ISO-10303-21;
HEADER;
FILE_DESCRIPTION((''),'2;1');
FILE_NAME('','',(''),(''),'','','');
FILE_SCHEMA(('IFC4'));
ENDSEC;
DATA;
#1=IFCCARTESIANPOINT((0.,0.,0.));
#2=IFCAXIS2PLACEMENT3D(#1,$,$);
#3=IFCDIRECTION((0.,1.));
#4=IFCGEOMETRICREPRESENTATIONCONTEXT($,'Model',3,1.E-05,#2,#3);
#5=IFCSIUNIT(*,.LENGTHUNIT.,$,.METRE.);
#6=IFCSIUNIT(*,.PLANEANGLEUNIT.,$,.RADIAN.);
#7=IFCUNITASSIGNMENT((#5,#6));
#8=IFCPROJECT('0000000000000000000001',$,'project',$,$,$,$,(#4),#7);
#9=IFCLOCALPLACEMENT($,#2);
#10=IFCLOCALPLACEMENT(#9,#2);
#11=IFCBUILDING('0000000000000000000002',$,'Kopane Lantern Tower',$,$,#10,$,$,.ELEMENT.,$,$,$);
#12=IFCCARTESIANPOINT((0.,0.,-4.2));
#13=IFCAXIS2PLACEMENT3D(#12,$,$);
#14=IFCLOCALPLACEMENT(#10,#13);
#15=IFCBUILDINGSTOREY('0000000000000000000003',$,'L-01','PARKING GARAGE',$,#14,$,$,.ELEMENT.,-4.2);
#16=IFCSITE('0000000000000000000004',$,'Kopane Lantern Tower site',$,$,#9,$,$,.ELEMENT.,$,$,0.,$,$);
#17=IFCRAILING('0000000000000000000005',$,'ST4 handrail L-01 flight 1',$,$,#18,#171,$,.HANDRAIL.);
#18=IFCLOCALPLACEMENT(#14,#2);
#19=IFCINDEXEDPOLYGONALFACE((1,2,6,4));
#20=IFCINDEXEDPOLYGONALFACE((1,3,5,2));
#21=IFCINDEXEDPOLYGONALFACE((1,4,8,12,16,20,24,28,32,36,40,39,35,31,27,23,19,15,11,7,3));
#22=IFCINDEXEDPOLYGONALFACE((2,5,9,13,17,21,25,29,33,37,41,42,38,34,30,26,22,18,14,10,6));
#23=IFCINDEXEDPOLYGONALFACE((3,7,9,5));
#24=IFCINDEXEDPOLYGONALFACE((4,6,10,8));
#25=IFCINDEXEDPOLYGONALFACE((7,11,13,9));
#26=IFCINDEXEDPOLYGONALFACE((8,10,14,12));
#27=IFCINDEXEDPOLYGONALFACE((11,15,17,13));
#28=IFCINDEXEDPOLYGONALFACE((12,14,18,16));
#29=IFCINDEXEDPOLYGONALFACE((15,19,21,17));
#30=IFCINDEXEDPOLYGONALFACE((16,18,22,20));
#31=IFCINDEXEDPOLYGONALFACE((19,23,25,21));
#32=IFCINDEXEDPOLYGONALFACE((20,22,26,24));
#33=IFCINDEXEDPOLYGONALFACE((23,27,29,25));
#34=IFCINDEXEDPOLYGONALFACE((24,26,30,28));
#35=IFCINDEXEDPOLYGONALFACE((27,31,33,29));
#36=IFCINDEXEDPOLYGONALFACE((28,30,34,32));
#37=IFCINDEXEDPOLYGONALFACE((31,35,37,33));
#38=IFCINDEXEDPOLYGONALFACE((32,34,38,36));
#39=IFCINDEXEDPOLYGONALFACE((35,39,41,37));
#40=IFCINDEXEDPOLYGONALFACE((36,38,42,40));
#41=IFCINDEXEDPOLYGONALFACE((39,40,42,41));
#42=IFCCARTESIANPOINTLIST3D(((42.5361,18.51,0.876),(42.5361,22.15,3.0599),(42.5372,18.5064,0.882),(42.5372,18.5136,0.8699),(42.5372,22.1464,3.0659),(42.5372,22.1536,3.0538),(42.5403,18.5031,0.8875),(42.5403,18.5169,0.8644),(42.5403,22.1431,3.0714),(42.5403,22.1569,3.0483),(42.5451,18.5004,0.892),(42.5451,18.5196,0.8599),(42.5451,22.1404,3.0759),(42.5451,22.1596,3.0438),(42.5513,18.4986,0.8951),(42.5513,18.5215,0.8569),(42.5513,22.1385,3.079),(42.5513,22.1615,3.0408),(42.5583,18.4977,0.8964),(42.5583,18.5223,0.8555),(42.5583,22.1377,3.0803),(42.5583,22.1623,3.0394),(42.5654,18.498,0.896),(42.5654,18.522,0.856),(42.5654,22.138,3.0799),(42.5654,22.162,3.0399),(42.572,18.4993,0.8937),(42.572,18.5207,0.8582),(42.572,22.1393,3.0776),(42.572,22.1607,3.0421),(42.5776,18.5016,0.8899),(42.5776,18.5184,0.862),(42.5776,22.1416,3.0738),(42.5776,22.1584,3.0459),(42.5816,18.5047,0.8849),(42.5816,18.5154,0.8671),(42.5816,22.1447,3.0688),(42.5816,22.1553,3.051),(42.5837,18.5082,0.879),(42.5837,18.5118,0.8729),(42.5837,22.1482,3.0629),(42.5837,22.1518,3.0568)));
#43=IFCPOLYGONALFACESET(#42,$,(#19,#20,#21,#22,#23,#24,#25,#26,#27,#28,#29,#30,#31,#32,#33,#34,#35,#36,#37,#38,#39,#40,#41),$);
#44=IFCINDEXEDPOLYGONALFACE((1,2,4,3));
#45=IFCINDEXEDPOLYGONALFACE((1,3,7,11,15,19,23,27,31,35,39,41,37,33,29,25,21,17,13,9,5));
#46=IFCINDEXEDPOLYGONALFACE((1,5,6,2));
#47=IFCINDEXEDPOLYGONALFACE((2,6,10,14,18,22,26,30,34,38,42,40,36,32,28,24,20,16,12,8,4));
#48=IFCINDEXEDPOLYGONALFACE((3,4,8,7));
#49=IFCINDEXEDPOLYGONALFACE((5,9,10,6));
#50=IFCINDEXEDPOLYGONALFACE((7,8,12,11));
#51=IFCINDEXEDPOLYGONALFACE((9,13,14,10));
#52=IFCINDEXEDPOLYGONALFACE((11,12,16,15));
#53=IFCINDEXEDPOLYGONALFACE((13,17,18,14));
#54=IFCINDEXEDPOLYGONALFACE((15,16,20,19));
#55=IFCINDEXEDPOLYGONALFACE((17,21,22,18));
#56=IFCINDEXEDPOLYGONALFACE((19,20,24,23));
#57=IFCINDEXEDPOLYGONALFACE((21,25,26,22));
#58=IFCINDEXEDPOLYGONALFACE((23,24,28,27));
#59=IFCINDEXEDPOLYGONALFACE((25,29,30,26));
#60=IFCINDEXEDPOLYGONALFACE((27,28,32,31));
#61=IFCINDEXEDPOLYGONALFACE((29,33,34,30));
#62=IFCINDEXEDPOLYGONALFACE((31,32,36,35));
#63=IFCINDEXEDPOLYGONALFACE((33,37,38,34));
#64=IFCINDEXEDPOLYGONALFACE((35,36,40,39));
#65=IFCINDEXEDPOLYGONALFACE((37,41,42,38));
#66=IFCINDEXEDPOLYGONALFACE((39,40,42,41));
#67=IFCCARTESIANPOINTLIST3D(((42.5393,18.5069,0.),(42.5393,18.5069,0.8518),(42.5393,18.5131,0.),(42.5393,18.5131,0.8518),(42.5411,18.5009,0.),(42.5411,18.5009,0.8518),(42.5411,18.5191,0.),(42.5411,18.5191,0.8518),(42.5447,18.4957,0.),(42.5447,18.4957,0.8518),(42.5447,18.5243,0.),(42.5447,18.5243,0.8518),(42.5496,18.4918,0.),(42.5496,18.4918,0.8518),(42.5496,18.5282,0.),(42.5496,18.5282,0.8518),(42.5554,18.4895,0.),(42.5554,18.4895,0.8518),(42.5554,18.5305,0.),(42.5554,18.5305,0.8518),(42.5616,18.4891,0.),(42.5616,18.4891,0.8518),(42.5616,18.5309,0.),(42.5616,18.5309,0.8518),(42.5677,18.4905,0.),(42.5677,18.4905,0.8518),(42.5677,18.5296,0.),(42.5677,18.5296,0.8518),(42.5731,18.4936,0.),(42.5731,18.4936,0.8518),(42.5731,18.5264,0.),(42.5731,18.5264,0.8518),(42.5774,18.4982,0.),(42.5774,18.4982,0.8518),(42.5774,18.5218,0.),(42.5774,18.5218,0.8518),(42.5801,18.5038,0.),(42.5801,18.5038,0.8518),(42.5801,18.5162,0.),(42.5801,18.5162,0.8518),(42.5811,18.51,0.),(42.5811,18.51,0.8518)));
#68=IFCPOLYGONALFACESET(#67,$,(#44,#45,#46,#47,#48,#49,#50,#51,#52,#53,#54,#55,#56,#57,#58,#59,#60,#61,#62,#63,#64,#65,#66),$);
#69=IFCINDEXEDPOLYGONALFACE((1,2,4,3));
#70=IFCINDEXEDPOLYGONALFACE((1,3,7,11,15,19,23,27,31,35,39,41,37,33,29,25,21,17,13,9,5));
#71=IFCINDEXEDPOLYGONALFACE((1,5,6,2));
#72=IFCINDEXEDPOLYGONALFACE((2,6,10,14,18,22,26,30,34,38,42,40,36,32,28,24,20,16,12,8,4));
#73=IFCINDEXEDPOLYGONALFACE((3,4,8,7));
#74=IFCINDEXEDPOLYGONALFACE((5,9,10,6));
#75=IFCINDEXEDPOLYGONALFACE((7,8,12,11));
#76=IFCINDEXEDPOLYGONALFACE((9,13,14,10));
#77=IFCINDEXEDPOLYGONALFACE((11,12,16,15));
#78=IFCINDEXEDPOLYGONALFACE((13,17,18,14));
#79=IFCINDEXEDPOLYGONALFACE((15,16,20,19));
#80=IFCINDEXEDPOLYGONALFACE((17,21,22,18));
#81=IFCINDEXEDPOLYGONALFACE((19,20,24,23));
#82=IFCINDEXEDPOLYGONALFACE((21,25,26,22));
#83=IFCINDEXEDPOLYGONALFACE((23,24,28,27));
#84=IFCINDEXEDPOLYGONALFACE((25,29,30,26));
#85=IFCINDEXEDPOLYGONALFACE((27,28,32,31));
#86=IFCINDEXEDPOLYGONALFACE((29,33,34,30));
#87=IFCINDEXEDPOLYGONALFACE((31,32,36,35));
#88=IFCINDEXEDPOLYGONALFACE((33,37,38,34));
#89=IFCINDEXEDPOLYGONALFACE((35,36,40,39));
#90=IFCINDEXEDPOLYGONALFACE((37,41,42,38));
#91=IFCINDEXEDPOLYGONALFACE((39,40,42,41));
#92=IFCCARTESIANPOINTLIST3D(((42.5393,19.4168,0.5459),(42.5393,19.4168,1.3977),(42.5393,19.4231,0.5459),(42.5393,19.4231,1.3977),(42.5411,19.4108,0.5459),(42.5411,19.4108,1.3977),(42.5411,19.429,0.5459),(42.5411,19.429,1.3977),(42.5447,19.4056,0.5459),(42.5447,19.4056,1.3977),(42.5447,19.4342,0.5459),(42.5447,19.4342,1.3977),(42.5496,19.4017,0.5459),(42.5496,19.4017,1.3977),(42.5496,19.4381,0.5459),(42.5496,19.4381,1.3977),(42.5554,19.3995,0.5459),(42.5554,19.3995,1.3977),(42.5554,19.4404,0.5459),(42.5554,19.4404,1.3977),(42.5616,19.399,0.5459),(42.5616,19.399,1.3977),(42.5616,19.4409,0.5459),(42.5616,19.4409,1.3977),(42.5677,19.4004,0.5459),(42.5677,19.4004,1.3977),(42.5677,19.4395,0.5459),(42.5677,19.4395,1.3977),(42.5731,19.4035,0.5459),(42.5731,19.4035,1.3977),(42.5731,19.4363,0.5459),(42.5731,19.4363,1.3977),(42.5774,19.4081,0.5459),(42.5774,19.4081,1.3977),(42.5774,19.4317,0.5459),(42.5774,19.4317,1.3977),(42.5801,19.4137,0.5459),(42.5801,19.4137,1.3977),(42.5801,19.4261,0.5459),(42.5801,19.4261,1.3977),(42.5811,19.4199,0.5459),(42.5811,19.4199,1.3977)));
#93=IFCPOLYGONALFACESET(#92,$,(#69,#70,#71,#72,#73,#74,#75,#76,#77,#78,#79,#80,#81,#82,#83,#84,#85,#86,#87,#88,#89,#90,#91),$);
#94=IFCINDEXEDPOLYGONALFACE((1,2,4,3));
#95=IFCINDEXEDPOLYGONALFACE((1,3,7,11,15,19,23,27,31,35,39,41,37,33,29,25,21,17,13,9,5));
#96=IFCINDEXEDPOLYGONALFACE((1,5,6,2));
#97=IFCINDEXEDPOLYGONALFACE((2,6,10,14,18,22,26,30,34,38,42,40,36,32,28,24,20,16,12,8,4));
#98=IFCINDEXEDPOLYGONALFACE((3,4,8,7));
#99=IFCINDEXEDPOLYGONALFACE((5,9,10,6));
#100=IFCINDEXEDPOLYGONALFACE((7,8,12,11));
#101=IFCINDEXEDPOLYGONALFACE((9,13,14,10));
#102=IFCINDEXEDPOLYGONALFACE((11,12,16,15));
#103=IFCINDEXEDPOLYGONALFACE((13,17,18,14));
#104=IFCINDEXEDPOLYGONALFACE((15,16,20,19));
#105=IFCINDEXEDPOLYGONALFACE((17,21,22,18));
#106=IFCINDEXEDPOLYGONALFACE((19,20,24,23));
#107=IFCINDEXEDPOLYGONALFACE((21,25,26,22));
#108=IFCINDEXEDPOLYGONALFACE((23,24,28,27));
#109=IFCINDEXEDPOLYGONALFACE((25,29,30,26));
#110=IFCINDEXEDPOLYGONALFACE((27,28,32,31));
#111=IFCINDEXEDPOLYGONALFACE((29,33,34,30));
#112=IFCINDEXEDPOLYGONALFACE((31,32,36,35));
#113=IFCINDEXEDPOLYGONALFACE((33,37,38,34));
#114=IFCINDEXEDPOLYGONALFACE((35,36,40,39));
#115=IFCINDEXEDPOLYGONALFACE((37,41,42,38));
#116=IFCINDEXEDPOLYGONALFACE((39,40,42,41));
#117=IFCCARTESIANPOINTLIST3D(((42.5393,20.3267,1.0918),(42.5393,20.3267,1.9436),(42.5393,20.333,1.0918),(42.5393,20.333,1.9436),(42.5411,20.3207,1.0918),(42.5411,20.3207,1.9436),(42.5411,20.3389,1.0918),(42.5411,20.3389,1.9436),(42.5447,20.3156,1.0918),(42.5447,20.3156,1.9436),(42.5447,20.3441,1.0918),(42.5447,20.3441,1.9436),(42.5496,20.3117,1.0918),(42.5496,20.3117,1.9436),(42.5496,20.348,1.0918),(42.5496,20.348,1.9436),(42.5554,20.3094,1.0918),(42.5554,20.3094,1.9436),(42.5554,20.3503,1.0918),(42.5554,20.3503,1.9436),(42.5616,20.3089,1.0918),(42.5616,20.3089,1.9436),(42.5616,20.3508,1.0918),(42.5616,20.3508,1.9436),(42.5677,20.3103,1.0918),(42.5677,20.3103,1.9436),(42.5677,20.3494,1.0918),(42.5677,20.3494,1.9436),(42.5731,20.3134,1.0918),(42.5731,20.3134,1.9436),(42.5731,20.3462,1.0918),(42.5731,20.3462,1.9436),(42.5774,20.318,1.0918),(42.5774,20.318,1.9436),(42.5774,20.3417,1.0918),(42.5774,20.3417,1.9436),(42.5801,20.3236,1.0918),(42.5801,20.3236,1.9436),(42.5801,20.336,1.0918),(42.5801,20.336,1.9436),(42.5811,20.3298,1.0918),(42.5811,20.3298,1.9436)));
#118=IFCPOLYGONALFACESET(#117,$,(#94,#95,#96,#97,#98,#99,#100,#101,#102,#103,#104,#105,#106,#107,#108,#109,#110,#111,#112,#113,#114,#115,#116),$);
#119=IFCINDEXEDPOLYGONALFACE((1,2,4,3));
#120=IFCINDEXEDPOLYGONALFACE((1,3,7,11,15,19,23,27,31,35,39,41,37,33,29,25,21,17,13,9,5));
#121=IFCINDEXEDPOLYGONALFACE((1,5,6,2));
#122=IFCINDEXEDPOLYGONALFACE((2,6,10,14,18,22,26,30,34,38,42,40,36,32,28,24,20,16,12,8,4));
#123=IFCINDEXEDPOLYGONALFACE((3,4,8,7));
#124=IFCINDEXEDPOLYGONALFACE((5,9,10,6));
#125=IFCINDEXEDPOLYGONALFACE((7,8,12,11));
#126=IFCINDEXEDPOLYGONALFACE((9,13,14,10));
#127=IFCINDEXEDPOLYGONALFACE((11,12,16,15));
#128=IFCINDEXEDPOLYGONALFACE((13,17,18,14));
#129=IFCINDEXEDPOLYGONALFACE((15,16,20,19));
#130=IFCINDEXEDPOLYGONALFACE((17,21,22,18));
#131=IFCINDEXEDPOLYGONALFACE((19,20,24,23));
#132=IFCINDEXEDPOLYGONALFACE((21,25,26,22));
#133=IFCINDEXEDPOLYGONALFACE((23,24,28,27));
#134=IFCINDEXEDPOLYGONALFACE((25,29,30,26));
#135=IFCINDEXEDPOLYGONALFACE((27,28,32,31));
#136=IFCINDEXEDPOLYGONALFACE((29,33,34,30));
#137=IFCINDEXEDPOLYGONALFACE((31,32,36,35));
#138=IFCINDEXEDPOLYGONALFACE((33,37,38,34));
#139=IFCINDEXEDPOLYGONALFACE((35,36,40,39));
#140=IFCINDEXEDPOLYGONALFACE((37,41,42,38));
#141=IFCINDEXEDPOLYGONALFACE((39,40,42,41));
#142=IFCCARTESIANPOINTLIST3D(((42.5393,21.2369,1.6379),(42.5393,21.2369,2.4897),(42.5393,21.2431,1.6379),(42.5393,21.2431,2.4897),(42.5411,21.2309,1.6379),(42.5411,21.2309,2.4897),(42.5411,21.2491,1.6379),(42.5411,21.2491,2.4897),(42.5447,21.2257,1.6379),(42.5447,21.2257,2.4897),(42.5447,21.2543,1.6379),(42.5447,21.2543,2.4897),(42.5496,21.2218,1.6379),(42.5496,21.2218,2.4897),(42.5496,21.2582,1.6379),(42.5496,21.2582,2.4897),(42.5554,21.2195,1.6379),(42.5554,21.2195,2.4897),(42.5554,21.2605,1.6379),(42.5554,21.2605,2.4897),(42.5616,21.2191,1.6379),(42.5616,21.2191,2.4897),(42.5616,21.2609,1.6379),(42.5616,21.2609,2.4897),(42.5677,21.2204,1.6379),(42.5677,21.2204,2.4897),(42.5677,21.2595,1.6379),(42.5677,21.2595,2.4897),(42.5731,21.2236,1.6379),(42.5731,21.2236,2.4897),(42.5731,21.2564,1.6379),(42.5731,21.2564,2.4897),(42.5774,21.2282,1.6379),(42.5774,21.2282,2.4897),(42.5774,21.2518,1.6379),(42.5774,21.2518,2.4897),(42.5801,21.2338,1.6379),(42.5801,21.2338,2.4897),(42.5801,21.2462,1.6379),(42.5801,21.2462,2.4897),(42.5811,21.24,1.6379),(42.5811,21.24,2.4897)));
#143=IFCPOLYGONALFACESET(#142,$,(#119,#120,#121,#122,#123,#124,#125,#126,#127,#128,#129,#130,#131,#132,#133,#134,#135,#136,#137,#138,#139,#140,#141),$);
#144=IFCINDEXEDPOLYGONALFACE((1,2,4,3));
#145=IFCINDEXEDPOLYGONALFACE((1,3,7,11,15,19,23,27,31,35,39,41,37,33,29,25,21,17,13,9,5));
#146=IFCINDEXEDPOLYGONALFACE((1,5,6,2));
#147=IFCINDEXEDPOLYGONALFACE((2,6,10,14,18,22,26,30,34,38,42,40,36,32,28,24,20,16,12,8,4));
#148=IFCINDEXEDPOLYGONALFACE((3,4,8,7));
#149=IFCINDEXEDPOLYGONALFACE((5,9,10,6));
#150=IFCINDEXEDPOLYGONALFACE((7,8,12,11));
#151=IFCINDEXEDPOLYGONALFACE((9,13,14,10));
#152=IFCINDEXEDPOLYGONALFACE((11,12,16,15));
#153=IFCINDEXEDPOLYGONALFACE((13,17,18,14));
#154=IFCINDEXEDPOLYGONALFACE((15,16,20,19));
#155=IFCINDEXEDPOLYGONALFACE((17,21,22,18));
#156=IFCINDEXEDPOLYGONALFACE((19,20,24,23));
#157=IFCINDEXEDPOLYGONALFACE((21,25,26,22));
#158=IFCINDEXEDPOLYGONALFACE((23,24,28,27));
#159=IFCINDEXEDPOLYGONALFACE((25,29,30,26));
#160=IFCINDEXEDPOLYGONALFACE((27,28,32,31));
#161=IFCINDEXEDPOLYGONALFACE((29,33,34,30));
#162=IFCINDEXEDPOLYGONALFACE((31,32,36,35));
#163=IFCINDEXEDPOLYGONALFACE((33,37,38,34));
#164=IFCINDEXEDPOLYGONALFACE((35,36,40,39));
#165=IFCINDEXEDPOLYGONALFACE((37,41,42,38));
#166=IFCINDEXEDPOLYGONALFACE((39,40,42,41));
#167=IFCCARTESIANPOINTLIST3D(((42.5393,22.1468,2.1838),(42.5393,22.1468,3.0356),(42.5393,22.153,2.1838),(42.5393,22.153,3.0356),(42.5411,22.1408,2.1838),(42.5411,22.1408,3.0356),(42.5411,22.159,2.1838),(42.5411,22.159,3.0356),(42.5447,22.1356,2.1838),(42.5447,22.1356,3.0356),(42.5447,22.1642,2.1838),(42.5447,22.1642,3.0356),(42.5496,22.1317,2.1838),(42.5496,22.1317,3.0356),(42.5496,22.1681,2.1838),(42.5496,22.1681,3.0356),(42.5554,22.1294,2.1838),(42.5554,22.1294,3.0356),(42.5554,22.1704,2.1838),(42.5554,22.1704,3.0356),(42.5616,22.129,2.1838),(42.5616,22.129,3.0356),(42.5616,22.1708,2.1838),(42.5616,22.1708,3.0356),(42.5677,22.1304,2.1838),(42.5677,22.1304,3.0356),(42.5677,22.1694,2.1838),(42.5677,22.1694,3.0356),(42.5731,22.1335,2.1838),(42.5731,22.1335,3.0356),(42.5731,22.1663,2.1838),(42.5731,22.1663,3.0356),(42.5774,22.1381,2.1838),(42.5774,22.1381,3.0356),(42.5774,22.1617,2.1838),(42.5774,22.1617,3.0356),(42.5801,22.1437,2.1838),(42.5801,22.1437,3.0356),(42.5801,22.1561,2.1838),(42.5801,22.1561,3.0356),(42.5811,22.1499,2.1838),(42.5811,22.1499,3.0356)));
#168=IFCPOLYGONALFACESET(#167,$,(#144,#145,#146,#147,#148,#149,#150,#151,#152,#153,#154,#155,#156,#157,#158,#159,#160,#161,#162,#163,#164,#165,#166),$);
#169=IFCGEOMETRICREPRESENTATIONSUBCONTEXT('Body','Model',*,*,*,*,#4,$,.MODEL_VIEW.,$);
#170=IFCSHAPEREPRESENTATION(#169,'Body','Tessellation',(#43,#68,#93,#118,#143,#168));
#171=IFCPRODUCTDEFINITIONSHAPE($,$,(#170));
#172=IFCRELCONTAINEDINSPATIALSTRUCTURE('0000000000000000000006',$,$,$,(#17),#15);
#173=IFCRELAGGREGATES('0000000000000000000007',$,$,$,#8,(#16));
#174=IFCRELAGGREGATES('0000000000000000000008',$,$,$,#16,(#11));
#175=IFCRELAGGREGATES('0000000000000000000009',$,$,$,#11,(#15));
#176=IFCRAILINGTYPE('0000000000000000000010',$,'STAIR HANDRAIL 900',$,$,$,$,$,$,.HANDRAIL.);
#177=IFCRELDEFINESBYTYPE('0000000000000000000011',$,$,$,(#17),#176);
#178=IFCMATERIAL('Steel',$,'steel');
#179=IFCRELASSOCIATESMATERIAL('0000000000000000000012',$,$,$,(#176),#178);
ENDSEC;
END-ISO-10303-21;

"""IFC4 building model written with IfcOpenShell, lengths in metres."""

from ifc_helpers import new_model, si_unit, direction, frame, origin, origin_2d, place, context, subcontext, project, spatial, circle, extrude, material, type_object, element, save


model = new_model("IFC4")

# Units and contexts
model_context = context("Model", 3, precision=1e-05, world=origin(), true_north=direction((0.0, 1.0)))
body_context = subcontext(model_context, "Body", "Model", "MODEL_VIEW")
ifc_project = project(units=[si_unit("LENGTHUNIT", "METRE"), si_unit("PLANEANGLEUNIT", "RADIAN")], contexts=[model_context])

# Site, building, storey
site_placement = place(None, origin())
site = spatial("IfcSite", under=ifc_project, at=site_placement, Name="Kopane Lantern Tower site", CompositionType="ELEMENT", RefElevation=0.0)
building_placement = place(site_placement, origin())
building = spatial("IfcBuilding", under=site, at=building_placement, Name="Kopane Lantern Tower", CompositionType="ELEMENT")
storey_placement = place(building_placement, frame((0.0, 0.0, -4.2)))
storey = spatial("IfcBuildingStorey", under=building, at=storey_placement, Name="L-01", Description="PARKING GARAGE", CompositionType="ELEMENT", Elevation=-4.2)

# Railing
ifc_material_1 = material(Name="Steel", Category="steel")
railing_type = type_object("IfcRailingType", Name="STAIR HANDRAIL 900", PredefinedType="HANDRAIL", material=ifc_material_1)
for number, where, name in (
    (1, (42.5601, 18.51, 0.0), "ST4 handrail L-01 flight 1"),
):
    element("IfcRailing", number, at=place(storey_placement, frame(where)), inside=storey, type_object=railing_type, Name=name, PredefinedType="HANDRAIL", context=body_context, shape_type="SweptSolid", body=[
        extrude(circle(Radius=0.0239, at=origin_2d()), frame((0.0, 0.0, 0.876), z_axis=(0.0, 0.857503, 0.514479), x_axis=(-1.0, 0.0, 0.0)), (0.0, 0.0, 1.0), 4.2449),
        extrude(circle(Radius=0.021, at=origin_2d()), origin(), (0.0, 0.0, 1.0), 0.8518),
        extrude(circle(Radius=0.021, at=origin_2d()), frame((0.0, 0.9099, 0.5459)), (0.0, 0.0, 1.0), 0.8518),
        extrude(circle(Radius=0.021, at=origin_2d()), frame((0.0, 1.8198, 1.0918)), (0.0, 0.0, 1.0), 0.8518),
        extrude(circle(Radius=0.021, at=origin_2d()), frame((0.0, 2.73, 1.6379)), (0.0, 0.0, 1.0), 0.8518),
        extrude(circle(Radius=0.021, at=origin_2d()), frame((0.0, 3.6399, 2.1838)), (0.0, 0.0, 1.0), 0.8518),
    ])

save(model, "model.ifc")
